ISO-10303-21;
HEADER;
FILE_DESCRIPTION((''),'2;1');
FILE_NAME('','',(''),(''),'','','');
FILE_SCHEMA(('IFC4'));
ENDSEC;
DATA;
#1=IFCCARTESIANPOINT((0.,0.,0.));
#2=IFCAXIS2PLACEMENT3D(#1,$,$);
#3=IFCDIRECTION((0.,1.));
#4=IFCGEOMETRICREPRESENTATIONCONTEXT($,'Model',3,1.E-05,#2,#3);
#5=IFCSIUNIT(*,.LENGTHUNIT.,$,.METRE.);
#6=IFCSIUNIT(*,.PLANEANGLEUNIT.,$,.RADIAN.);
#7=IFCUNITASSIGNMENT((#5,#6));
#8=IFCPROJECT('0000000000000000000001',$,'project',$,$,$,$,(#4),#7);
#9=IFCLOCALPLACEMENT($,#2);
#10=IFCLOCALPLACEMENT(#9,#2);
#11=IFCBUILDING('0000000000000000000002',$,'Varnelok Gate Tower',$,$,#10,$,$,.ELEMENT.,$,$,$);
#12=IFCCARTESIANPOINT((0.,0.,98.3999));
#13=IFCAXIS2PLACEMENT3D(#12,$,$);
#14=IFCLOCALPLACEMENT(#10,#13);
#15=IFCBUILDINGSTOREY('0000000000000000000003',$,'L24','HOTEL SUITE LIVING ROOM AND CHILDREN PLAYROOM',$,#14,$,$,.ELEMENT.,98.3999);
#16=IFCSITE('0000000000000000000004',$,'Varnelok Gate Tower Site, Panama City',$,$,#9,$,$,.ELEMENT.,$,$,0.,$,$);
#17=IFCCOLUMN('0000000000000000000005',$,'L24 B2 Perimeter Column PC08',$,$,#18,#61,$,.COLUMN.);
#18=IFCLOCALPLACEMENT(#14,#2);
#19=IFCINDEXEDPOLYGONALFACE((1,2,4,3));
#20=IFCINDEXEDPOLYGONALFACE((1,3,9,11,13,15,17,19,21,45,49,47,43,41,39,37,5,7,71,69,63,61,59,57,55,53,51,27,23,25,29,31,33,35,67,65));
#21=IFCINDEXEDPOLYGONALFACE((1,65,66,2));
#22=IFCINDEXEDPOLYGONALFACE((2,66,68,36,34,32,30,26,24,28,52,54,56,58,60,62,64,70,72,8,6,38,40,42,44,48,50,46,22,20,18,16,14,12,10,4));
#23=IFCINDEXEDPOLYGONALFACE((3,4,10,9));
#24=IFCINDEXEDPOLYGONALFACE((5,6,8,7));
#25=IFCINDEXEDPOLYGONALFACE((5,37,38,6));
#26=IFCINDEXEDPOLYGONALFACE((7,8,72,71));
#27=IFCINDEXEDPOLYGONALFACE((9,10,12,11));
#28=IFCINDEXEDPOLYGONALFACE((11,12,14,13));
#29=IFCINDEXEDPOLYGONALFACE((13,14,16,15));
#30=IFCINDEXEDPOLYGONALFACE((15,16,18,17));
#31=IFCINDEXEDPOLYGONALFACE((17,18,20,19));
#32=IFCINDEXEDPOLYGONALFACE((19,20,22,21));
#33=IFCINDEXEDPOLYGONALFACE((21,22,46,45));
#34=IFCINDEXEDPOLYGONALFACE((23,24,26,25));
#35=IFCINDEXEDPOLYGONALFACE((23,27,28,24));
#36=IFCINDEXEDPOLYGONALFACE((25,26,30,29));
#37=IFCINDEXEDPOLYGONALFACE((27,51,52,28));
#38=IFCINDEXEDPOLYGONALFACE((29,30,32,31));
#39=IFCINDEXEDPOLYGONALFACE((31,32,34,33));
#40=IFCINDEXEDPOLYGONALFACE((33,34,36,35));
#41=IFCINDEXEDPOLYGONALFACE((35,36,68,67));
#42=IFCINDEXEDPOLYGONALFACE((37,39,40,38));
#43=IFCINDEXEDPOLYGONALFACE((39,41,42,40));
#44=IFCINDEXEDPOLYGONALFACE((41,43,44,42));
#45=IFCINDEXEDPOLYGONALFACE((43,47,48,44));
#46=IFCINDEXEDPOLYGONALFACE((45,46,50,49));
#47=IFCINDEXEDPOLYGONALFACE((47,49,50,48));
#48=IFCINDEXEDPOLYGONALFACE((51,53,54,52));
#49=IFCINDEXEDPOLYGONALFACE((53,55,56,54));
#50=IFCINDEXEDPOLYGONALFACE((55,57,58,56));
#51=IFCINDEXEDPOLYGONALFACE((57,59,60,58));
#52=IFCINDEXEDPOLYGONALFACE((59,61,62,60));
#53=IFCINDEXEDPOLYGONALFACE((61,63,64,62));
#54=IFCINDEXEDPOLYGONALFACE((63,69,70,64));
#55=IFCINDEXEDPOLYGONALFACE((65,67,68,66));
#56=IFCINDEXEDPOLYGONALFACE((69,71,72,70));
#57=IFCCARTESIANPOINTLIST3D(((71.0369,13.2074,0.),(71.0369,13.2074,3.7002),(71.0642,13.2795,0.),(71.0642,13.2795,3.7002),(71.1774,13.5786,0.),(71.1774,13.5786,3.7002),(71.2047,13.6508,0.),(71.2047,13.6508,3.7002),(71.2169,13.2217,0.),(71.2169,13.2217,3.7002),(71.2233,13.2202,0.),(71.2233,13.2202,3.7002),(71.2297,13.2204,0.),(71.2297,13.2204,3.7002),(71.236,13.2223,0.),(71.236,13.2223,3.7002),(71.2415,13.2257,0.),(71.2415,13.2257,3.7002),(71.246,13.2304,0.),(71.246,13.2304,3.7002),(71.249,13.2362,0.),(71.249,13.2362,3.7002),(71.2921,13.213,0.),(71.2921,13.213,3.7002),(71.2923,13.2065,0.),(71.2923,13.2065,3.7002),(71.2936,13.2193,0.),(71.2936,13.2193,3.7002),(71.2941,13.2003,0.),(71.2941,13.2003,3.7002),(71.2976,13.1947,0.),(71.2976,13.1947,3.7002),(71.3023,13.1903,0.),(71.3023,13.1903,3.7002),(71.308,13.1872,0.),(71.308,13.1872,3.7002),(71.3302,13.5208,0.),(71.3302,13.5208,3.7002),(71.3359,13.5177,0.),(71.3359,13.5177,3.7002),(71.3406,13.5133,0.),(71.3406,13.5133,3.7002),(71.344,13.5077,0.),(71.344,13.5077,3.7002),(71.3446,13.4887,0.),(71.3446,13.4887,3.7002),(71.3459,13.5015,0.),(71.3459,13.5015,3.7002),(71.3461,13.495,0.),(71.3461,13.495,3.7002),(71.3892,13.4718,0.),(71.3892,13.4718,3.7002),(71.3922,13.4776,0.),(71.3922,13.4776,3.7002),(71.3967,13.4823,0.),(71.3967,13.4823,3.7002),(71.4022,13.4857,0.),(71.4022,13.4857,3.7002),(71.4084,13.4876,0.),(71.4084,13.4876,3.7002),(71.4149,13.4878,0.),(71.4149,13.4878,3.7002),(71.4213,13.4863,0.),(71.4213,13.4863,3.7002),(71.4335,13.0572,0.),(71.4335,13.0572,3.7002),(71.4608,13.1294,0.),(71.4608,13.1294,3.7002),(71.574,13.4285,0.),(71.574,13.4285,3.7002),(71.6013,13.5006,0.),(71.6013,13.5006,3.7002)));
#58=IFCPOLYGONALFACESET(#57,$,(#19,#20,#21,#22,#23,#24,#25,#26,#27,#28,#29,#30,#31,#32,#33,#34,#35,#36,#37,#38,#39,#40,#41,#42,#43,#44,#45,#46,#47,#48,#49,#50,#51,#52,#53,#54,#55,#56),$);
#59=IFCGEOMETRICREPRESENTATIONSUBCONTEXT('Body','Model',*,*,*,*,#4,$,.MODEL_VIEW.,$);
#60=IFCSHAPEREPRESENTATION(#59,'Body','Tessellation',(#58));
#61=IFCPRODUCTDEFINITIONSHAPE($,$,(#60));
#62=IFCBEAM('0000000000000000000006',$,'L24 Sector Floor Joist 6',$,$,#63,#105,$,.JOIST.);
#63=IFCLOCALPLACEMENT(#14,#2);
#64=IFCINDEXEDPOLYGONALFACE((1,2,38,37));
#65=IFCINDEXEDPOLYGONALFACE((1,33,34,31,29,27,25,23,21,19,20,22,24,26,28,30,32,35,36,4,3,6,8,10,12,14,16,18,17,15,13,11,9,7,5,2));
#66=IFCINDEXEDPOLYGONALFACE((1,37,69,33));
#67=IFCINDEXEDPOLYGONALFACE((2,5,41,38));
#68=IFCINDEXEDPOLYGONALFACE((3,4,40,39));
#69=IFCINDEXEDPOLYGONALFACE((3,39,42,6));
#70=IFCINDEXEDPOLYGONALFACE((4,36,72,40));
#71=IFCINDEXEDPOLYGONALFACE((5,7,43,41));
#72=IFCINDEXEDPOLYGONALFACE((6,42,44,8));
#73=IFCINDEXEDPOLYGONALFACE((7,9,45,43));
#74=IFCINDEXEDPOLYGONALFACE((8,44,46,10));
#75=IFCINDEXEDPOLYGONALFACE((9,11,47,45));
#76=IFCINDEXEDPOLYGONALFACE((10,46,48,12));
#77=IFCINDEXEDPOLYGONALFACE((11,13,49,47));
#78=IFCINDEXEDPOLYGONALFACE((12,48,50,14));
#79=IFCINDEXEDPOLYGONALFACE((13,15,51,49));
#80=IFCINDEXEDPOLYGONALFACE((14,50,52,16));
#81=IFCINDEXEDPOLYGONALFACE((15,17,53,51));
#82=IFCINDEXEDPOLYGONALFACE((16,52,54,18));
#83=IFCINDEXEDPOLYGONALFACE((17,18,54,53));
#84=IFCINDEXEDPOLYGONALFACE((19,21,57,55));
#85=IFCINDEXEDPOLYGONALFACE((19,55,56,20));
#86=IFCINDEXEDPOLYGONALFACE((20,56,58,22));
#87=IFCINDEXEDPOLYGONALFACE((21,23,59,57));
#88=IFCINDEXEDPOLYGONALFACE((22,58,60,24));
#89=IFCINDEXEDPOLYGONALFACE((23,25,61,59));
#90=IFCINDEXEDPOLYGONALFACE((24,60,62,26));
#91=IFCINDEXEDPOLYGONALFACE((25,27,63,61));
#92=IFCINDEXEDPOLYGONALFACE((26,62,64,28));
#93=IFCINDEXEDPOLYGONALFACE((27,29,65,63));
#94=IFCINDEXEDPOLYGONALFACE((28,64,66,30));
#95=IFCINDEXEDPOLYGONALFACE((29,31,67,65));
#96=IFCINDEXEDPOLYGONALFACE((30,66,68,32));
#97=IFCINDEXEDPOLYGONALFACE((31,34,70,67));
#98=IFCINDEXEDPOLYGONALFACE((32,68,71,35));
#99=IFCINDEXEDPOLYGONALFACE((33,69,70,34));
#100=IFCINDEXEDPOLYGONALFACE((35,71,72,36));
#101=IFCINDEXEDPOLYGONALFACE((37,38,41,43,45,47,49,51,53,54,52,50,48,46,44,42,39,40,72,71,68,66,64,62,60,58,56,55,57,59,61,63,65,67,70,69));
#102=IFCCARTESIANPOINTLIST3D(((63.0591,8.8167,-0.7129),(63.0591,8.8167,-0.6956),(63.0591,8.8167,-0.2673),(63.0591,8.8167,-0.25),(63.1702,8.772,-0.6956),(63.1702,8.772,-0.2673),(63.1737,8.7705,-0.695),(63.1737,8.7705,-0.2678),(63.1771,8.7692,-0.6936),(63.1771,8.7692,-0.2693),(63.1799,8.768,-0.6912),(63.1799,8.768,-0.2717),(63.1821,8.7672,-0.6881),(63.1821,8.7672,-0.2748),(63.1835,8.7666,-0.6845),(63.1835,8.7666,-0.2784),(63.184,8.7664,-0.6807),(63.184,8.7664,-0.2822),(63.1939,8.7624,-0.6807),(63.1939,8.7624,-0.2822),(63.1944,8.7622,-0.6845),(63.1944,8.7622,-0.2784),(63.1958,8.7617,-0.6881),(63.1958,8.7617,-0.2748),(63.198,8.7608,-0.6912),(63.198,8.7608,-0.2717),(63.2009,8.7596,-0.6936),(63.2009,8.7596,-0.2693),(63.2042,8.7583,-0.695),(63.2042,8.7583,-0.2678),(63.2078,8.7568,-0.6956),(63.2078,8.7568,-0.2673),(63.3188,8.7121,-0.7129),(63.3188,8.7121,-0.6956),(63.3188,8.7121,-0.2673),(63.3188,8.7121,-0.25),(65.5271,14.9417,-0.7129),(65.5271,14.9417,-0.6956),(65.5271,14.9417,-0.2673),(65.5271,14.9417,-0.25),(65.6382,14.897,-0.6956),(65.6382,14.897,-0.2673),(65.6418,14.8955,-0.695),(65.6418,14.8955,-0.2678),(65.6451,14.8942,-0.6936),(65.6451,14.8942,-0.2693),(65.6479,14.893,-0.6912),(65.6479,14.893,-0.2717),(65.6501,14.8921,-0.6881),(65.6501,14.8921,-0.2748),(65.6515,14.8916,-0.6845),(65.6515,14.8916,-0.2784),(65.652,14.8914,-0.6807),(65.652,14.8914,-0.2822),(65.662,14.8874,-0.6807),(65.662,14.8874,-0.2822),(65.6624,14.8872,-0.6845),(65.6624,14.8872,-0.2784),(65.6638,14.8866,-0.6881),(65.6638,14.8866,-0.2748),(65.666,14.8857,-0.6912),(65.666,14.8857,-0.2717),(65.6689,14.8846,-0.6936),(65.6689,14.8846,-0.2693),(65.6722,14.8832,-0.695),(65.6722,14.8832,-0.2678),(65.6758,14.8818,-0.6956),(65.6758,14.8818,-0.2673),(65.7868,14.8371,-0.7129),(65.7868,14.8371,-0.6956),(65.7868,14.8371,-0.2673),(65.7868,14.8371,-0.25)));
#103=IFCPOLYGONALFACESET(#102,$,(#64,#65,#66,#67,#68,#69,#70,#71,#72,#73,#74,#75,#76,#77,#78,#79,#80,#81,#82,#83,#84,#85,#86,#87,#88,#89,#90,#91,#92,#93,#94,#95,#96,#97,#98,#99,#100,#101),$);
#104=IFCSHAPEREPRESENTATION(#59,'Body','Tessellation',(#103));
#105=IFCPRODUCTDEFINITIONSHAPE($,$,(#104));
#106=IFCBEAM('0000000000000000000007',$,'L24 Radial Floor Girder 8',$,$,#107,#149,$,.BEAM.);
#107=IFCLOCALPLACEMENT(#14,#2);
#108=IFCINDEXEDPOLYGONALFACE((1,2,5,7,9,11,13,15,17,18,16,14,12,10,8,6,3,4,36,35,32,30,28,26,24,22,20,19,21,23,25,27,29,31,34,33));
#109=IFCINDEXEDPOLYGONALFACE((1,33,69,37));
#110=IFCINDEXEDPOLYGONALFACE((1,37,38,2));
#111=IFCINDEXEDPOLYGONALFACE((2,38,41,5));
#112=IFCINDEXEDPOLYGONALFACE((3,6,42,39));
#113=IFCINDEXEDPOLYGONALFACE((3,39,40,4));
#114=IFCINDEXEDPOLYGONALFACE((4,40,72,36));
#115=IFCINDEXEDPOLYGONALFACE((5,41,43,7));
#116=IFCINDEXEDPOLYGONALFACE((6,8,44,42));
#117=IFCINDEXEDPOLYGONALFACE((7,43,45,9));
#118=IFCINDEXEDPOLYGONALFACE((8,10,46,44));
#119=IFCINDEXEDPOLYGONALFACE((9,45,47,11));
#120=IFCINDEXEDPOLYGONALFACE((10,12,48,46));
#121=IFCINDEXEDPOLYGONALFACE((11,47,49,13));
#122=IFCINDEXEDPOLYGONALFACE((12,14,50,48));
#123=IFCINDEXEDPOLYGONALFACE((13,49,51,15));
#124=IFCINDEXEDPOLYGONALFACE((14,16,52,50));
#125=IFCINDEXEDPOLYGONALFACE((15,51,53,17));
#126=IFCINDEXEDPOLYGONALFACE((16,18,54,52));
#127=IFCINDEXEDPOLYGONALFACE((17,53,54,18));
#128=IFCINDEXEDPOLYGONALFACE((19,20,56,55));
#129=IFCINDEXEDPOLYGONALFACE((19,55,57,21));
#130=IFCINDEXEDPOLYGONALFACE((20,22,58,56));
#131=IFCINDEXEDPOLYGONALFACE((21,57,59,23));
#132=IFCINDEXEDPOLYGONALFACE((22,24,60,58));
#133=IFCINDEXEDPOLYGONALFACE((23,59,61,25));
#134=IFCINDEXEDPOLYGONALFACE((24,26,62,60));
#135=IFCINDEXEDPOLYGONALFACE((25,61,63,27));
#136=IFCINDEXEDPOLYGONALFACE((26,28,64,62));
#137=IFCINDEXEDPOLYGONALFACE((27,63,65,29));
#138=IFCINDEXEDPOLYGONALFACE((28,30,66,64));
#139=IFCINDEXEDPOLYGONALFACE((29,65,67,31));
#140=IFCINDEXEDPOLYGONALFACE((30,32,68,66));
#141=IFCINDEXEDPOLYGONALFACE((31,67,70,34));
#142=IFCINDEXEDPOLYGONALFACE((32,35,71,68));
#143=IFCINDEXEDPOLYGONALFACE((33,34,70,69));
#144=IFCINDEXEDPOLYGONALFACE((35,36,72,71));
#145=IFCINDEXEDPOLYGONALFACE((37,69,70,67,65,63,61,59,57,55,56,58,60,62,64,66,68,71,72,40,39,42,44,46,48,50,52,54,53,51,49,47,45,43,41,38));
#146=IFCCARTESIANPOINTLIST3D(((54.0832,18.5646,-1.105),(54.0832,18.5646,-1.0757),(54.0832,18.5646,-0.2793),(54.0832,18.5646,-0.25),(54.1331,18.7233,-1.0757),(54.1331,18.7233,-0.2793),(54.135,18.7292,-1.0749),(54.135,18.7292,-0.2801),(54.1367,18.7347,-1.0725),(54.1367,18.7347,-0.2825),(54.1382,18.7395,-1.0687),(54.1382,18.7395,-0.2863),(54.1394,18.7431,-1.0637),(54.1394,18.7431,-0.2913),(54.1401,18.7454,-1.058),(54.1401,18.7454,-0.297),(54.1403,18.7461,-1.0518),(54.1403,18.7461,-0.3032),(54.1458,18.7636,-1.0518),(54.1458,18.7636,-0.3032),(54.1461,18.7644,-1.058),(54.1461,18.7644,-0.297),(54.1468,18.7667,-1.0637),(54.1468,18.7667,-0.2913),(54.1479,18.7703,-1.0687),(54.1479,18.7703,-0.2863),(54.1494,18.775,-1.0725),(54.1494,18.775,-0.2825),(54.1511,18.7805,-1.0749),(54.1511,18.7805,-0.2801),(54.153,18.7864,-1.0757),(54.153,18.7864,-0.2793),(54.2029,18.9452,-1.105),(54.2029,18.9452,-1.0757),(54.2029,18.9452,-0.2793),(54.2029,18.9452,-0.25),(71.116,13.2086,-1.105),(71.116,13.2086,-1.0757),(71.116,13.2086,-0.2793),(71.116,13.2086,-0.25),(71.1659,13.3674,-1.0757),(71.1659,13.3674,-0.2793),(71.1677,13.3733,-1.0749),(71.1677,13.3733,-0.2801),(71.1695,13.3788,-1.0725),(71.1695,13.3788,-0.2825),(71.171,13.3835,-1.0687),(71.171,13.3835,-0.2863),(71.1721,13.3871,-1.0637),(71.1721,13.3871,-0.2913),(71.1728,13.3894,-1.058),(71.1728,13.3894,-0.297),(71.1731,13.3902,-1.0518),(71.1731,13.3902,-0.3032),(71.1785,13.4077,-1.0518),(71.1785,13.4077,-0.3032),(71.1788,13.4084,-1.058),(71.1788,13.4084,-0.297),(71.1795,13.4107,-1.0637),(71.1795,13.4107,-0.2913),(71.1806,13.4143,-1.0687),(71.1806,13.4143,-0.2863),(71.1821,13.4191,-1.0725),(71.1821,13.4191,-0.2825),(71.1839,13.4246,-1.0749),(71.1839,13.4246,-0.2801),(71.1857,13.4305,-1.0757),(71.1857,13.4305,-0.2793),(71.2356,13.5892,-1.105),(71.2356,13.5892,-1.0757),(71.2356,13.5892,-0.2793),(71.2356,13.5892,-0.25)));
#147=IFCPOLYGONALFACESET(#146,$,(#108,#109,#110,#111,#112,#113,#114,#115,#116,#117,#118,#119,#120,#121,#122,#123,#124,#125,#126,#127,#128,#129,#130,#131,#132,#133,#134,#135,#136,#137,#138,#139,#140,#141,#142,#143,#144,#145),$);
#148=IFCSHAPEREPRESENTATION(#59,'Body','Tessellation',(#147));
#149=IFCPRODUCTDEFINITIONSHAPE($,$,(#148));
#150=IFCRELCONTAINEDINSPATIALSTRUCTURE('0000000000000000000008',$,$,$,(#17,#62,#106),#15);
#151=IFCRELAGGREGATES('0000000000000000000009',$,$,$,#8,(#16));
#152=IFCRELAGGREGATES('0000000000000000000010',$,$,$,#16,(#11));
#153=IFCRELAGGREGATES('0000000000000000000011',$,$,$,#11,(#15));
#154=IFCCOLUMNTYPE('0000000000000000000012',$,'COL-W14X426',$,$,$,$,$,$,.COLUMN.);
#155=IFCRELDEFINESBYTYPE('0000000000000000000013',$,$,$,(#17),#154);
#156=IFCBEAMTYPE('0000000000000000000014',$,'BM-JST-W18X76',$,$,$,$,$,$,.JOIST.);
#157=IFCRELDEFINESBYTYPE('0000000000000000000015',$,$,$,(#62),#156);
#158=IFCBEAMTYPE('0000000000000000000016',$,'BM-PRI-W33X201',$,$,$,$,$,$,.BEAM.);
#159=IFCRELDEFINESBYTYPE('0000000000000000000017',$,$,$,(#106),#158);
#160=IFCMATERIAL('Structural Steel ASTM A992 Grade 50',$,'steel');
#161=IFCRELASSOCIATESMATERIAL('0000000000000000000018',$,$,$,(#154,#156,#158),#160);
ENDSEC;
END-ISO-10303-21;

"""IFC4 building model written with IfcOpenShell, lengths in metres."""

from ifc_helpers import new_model, si_unit, direction, frame, origin, origin_2d, place, context, subcontext, project, spatial, i_section, extrude, material, material_profile, profile_set, type_object, element, save


model = new_model("IFC4")

# Units and contexts
model_context = context("Model", 3, precision=1e-05, world=origin(), true_north=direction((0.0, 1.0)))
body_context = subcontext(model_context, "Body", "Model", "MODEL_VIEW")
ifc_project = project(units=[si_unit("LENGTHUNIT", "METRE"), si_unit("PLANEANGLEUNIT", "RADIAN")], contexts=[model_context])

# Site, building, storey
site_placement = place(None, origin())
site = spatial("IfcSite", under=ifc_project, at=site_placement, Name="Varnelok Gate Tower Site, Panama City", CompositionType="ELEMENT", RefElevation=0.0)
building_placement = place(site_placement, origin())
building = spatial("IfcBuilding", under=site, at=building_placement, Name="Varnelok Gate Tower", CompositionType="ELEMENT")
storey_placement = place(building_placement, frame((0.0, 0.0, 98.3999)))
storey = spatial("IfcBuildingStorey", under=building, at=storey_placement, Name="L24", Description="HOTEL SUITE LIVING ROOM AND CHILDREN PLAYROOM", CompositionType="ELEMENT", Elevation=98.3999)

# Column
ifc_material_1 = material(Name="Structural Steel ASTM A992 Grade 50", Category="steel")
ifc_material_profile_1 = material_profile(ifc_material_1, i_section(OverallWidth=0.4241, OverallDepth=0.4741, WebThickness=0.0476, FlangeThickness=0.0771, FilletRadius=0.0249, at=origin_2d()), Name="W14X426")
ifc_profile_set_1 = profile_set([ifc_material_profile_1], Name="Structural Steel ASTM A992 Grade 50")
column_type = type_object("IfcColumnType", Name="COL-W14X426", PredefinedType="COLUMN", material=ifc_profile_set_1)
column_placement = place(storey_placement, frame((71.3191, 13.354, 0.0), z_axis=(0.0, 0.0, 1.0), x_axis=(0.935222, -0.354063, 0.0)))
element("IfcColumn", 1, at=column_placement, inside=storey, type_object=column_type, Name="L24 B2 Perimeter Column PC08", PredefinedType="COLUMN", context=body_context, shape_type="SweptSolid", body=[
    extrude(i_section(OverallWidth=0.4241, OverallDepth=0.4741, WebThickness=0.0476, FlangeThickness=0.0771, FilletRadius=0.0249, at=origin_2d()), origin(), (0.0, 0.0, 1.0), 3.7002),
])

# Beams
ifc_material_profile_2 = material_profile(ifc_material_1, i_section(OverallWidth=0.28, OverallDepth=0.4629, WebThickness=0.0107, FlangeThickness=0.0173, FilletRadius=0.0149, at=origin_2d()), Name="W18X76")
ifc_profile_set_2 = profile_set([ifc_material_profile_2], Name="Structural Steel ASTM A992 Grade 50")
beam_type_1 = type_object("IfcBeamType", Name="BM-JST-W18X76", PredefinedType="JOIST", material=ifc_profile_set_2)
beam_1_placement = place(storey_placement, frame((63.189, 8.7644, -0.4814), z_axis=(0.373742, 0.927533, 0.0), x_axis=(-0.927533, 0.373742, 0.0)))
element("IfcBeam", 2, at=beam_1_placement, inside=storey, type_object=beam_type_1, Name="L24 Sector Floor Joist 6", PredefinedType="JOIST", context=body_context, shape_type="SweptSolid", body=[
    extrude(i_section(OverallWidth=0.28, OverallDepth=0.4629, WebThickness=0.0107, FlangeThickness=0.0173, FilletRadius=0.0149, at=origin_2d()), origin(), (0.0, 0.0, 1.0), 6.6035),
])
ifc_material_profile_3 = material_profile(ifc_material_1, i_section(OverallWidth=0.3989, OverallDepth=0.855, WebThickness=0.0183, FlangeThickness=0.0293, FilletRadius=0.0239, at=origin_2d()), Name="W33X201")
ifc_profile_set_3 = profile_set([ifc_material_profile_3], Name="Structural Steel ASTM A992 Grade 50")
beam_type_2 = type_object("IfcBeamType", Name="BM-PRI-W33X201", PredefinedType="BEAM", material=ifc_profile_set_3)
beam_2_placement = place(storey_placement, frame((54.1431, 18.7549, -0.6775), z_axis=(0.953949, -0.29997, 0.0), x_axis=(0.29997, 0.953949, 0.0)))
element("IfcBeam", 3, at=beam_2_placement, inside=storey, type_object=beam_type_2, Name="L24 Radial Floor Girder 8", PredefinedType="BEAM", context=body_context, shape_type="SweptSolid", body=[
    extrude(i_section(OverallWidth=0.3989, OverallDepth=0.855, WebThickness=0.0183, FlangeThickness=0.0293, FilletRadius=0.0239, at=origin_2d()), origin(), (0.0, 0.0, 1.0), 17.855),
])

save(model, "model.ifc")
